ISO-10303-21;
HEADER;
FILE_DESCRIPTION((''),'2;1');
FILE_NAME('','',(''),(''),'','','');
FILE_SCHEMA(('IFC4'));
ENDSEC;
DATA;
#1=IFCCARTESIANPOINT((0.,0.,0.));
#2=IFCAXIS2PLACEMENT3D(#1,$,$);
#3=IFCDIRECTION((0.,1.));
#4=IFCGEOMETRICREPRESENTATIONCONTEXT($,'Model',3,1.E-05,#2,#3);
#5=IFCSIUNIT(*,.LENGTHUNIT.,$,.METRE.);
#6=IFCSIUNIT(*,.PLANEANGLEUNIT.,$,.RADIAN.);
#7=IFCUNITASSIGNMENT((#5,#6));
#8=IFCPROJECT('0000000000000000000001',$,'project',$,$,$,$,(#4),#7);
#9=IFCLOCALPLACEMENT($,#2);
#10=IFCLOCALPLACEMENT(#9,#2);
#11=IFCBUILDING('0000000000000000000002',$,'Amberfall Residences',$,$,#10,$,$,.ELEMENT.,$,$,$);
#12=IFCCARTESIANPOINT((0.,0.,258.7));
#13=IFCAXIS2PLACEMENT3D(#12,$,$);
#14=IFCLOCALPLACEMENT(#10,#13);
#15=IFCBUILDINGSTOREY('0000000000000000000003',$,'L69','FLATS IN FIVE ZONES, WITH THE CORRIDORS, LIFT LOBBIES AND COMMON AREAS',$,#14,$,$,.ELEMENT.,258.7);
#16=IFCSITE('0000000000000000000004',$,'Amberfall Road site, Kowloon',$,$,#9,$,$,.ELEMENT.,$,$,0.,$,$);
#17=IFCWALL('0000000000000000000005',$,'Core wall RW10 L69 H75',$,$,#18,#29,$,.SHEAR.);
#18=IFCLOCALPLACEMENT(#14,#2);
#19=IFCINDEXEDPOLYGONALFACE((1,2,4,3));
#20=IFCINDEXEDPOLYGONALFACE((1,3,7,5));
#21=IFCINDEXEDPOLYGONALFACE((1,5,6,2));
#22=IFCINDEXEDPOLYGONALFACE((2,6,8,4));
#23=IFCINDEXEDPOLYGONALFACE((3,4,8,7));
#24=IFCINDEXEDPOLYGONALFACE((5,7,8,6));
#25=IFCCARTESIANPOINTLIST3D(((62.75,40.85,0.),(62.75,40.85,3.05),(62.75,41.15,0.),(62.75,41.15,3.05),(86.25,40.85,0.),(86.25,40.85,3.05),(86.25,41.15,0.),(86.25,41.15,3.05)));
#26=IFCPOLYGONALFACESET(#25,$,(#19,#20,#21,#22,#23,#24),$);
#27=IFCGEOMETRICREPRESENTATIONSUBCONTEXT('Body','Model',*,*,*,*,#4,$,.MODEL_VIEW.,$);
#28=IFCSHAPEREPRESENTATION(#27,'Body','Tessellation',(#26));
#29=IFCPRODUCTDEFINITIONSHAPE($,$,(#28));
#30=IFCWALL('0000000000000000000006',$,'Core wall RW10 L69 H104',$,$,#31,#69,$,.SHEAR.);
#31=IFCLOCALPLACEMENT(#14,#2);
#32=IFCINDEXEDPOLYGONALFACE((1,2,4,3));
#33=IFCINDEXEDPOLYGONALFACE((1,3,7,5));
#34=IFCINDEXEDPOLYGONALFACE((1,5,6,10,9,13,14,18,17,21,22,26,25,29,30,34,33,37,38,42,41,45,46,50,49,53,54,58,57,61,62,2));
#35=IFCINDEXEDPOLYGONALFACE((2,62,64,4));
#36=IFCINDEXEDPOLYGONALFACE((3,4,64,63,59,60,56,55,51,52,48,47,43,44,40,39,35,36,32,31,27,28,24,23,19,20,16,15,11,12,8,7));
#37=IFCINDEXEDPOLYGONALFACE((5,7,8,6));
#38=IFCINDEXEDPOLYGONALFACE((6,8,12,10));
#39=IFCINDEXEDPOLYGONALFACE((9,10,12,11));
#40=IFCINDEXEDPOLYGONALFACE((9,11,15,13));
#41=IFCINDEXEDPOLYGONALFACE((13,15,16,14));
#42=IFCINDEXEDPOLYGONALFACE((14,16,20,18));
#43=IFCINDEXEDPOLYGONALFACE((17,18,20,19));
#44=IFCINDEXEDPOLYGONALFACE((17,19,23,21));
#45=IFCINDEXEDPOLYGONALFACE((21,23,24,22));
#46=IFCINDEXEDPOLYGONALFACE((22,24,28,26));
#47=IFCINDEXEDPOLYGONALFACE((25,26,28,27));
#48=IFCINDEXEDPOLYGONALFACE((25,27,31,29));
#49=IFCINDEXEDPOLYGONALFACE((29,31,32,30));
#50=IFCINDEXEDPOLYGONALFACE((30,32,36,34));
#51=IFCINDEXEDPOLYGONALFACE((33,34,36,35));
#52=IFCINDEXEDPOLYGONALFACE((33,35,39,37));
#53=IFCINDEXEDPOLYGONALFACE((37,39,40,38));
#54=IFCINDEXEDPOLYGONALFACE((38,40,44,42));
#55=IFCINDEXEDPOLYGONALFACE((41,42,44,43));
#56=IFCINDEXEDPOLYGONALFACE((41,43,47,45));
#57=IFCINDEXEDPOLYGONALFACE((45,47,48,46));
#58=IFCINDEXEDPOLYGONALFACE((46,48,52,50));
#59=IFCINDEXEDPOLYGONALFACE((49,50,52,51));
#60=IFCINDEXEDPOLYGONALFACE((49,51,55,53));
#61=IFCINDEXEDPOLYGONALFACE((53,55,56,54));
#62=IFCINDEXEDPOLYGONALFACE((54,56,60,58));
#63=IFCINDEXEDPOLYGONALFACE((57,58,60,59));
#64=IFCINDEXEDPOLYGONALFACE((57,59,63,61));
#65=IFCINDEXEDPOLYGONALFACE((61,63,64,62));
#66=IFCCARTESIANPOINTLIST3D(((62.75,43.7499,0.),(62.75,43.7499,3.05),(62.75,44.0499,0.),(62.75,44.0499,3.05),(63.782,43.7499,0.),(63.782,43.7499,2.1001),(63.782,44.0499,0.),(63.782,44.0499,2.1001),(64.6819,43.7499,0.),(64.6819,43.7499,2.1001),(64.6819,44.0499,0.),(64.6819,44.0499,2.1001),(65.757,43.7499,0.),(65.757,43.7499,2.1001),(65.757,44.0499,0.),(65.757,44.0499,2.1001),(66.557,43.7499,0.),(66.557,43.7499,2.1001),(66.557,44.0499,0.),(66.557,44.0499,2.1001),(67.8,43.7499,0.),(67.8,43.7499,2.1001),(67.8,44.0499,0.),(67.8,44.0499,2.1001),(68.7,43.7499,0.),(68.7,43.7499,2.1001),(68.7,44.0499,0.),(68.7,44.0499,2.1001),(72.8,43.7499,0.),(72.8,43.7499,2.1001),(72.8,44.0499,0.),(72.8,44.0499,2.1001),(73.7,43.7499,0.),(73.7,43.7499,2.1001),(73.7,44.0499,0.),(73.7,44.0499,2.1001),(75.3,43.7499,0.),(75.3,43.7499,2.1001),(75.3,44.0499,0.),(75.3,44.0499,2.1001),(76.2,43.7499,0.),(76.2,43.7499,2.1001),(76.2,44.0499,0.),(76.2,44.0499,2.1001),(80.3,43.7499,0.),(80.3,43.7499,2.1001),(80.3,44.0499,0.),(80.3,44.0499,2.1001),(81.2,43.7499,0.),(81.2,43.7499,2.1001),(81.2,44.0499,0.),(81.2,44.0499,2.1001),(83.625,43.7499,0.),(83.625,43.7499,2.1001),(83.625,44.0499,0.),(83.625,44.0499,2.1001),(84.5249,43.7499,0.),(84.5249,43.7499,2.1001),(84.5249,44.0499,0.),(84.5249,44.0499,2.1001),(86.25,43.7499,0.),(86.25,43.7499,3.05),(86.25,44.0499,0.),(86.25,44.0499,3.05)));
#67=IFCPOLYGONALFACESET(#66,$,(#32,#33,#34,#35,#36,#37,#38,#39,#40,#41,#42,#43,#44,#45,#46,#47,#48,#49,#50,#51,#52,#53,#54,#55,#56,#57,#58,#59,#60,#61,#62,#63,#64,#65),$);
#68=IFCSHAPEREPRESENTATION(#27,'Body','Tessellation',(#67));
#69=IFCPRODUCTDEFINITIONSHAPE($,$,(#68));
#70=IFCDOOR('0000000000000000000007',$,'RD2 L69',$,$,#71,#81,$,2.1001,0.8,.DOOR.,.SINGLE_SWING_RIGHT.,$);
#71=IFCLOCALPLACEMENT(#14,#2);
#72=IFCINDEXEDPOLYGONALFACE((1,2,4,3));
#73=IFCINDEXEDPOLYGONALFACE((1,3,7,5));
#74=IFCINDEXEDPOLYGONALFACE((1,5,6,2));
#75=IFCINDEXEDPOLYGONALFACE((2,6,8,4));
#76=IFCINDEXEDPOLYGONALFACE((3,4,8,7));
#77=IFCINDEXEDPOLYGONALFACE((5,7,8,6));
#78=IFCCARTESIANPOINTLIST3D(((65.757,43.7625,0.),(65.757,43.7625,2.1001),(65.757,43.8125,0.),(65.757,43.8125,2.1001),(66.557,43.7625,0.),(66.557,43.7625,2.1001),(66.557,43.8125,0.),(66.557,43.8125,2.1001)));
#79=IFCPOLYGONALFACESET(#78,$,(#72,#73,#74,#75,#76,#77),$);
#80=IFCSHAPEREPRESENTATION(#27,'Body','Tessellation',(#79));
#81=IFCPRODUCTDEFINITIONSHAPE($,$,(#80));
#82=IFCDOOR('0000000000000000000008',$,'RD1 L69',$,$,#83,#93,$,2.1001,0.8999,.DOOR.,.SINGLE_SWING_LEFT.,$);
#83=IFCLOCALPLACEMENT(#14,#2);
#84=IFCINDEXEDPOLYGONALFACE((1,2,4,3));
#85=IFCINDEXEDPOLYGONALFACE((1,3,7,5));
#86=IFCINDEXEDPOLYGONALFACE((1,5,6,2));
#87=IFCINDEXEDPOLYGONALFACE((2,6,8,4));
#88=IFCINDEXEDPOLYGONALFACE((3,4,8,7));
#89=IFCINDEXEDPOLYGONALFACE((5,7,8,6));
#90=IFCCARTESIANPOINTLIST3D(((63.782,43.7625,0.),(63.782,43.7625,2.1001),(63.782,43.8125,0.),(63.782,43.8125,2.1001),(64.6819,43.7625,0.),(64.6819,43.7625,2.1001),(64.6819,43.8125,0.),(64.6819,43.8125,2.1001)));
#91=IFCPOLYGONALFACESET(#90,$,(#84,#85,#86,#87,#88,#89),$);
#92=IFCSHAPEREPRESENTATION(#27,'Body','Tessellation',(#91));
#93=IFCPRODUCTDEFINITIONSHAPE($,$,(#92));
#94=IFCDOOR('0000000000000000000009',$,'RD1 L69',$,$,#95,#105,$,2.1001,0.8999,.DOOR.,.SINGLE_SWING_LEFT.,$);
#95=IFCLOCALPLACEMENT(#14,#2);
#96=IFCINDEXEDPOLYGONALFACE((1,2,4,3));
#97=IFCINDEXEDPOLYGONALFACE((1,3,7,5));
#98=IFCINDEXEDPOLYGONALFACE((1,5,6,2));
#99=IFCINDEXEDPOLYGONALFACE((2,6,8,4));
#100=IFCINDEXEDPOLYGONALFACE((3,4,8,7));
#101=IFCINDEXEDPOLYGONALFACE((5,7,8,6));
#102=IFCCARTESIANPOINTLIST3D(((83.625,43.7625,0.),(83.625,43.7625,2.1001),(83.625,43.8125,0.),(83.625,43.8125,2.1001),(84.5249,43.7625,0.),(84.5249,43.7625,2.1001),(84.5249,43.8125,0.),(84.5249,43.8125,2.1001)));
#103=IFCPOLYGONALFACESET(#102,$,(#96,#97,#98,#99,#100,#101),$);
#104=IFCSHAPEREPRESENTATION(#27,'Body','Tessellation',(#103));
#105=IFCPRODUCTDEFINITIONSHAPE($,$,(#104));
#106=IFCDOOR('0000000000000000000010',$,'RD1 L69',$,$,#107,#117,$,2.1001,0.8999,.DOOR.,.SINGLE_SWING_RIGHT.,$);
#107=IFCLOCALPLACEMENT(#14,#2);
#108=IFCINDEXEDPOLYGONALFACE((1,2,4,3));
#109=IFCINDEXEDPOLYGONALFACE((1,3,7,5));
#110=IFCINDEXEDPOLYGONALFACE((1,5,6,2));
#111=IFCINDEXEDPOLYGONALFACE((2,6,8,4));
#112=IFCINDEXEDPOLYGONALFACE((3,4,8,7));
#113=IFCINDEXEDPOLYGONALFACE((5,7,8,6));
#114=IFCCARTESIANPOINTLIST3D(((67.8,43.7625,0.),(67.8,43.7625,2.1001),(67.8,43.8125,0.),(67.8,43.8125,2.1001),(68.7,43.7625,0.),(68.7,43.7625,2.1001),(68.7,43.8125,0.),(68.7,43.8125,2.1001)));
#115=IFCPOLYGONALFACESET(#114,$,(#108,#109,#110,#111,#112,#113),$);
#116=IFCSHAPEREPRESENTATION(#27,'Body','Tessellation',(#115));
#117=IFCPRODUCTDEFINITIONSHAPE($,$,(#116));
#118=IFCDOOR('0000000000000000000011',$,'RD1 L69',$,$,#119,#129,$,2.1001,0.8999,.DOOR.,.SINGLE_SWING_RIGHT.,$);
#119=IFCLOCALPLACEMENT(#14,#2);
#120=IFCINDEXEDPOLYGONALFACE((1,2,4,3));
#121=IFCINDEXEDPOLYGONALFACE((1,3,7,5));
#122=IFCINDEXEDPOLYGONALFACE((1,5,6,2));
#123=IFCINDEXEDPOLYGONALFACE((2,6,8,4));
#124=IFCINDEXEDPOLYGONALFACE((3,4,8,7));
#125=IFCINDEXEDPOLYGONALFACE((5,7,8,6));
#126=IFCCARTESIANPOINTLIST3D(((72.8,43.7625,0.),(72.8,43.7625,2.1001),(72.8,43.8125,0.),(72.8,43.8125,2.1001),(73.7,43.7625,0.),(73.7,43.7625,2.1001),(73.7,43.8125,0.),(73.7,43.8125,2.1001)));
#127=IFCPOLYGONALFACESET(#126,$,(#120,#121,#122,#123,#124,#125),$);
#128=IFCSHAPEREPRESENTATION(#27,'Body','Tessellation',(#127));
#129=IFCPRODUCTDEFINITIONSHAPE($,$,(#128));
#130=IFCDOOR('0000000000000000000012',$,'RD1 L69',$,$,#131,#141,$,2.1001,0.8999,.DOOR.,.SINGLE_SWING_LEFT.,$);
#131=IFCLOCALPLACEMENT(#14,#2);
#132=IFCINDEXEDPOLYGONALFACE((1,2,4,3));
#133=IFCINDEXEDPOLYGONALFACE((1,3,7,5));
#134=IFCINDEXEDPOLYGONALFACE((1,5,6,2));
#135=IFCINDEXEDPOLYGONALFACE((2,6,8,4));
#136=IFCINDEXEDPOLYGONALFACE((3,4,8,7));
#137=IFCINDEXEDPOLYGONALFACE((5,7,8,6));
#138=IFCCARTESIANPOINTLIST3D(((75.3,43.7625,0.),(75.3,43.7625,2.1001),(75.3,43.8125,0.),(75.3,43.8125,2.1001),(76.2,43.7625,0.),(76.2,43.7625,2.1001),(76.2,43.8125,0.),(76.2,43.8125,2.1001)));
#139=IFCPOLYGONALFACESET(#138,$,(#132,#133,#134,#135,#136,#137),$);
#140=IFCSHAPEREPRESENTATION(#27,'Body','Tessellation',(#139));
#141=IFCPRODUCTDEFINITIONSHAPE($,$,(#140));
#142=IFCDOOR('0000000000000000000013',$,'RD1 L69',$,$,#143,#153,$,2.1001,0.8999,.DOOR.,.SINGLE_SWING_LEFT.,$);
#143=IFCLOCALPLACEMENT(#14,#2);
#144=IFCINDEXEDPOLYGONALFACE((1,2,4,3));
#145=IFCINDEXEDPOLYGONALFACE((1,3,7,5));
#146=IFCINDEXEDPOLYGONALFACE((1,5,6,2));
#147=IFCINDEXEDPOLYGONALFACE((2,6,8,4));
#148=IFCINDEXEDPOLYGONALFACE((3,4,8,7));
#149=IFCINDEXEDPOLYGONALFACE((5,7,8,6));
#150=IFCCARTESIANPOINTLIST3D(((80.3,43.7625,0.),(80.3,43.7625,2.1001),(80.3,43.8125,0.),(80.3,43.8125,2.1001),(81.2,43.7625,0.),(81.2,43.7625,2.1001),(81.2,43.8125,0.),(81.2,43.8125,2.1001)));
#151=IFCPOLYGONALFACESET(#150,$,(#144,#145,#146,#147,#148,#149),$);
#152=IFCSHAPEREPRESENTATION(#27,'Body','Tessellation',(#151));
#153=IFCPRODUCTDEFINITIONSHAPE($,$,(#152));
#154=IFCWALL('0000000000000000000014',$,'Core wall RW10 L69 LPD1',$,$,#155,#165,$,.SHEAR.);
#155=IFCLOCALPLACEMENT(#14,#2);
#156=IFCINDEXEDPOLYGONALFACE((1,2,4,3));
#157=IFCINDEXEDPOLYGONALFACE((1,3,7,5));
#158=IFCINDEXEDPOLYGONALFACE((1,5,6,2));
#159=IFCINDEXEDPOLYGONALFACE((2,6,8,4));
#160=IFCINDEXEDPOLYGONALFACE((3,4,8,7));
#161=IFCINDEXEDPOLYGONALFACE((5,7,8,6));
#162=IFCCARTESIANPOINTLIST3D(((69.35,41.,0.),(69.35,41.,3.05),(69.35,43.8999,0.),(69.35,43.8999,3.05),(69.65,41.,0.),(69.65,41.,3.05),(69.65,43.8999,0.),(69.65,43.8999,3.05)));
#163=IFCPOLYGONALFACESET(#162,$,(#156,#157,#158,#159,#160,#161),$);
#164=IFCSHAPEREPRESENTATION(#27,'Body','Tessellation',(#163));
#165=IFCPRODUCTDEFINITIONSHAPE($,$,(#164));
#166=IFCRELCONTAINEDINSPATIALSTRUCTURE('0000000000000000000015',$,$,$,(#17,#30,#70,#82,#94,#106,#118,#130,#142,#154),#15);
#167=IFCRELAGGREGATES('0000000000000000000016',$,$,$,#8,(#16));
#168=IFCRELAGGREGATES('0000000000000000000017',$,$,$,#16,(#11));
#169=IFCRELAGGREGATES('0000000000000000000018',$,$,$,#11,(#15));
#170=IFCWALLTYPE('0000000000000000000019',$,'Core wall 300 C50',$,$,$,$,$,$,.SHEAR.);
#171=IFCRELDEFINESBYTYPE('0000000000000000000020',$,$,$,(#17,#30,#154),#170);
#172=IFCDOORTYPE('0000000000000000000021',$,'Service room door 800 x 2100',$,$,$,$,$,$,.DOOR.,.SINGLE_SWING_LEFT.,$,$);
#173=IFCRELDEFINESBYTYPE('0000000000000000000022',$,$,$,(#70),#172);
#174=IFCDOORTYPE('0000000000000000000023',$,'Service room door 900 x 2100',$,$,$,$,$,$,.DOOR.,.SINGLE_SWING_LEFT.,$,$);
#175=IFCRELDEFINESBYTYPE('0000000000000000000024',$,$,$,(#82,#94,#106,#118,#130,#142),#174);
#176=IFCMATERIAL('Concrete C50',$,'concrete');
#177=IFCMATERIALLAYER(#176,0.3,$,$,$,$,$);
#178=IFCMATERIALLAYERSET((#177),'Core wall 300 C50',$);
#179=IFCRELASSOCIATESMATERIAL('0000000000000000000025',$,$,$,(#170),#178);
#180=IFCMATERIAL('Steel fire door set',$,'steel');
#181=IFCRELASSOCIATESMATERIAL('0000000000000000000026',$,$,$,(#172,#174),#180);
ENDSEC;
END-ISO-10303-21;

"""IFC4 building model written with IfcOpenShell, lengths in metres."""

from ifc_helpers import new_model, si_unit, direction, frame, frame_2d, origin, place, context, subcontext, project, spatial, rectangle, extrude, material, layer, layer_set, type_object, element, fill, save


model = new_model("IFC4")

# Units and contexts
model_context = context("Model", 3, precision=1e-05, world=origin(), true_north=direction((0.0, 1.0)))
body_context = subcontext(model_context, "Body", "Model", "MODEL_VIEW")
ifc_project = project(units=[si_unit("LENGTHUNIT", "METRE"), si_unit("PLANEANGLEUNIT", "RADIAN")], contexts=[model_context])

# Site, building, storey
site_placement = place(None, origin())
site = spatial("IfcSite", under=ifc_project, at=site_placement, Name="Amberfall Road site, Kowloon", CompositionType="ELEMENT", RefElevation=0.0)
building_placement = place(site_placement, origin())
building = spatial("IfcBuilding", under=site, at=building_placement, Name="Amberfall Residences", CompositionType="ELEMENT")
storey_placement = place(building_placement, frame((0.0, 0.0, 258.7)))
storey = spatial("IfcBuildingStorey", under=building, at=storey_placement, Name="L69", Description="FLATS IN FIVE ZONES, WITH THE CORRIDORS, LIFT LOBBIES AND COMMON AREAS", CompositionType="ELEMENT", Elevation=258.7)

# Wall
ifc_material_1 = material(Name="Concrete C50", Category="concrete")
ifc_layer_1 = layer(ifc_material_1, 0.3)
ifc_layer_set_1 = layer_set([ifc_layer_1], Name="Core wall 300 C50")
wall_type_1 = type_object("IfcWallType", Name="Core wall 300 C50", PredefinedType="SHEAR", material=ifc_layer_set_1)
wall_1_placement = place(storey_placement, frame((62.75, 41.0, 0.0), z_axis=(0.0, 0.0, 1.0), x_axis=(1.0, 0.0, 0.0)))
element("IfcWall", 1, at=wall_1_placement, inside=storey, type_object=wall_type_1, Name="Core wall RW10 L69 H75", PredefinedType="SHEAR", context=body_context, shape_type="SweptSolid", body=[
    extrude(rectangle(XDim=23.5, YDim=0.3, at=frame_2d((11.75, 0.0))), origin(), (0.0, 0.0, 1.0), 3.05),
])

# Wall, openings, doors
wall_2_placement = place(storey_placement, frame((62.75, 43.8999, 0.0), z_axis=(0.0, 0.0, 1.0), x_axis=(1.0, 0.0, 0.0)))
wall_2 = element("IfcWall", 2, at=wall_2_placement, inside=storey, type_object=wall_type_1, Name="Core wall RW10 L69 H104", PredefinedType="SHEAR", context=body_context, shape_type="SweptSolid", body=[
    extrude(rectangle(XDim=23.5, YDim=0.3, at=frame_2d((11.75, 0.0))), origin(), (0.0, 0.0, 1.0), 3.05),
])
opening_1_placement = place(wall_2_placement, frame((1.032, 0.0, 0.0)))
opening_1 = element("IfcOpeningElement", 3, at=opening_1_placement, cuts=wall_2, PredefinedType="OPENING", context=body_context, shape_type="SweptSolid", body=[
    extrude(rectangle(XDim=0.8999, YDim=2.1001, at=frame_2d((0.45, 1.05))), frame((0.0, 0.1599, 0.0), z_axis=(0.0, -1.0, 0.0), x_axis=(1.0, 0.0, 0.0)), (0.0, 0.0, 1.0), 0.3201),
])
opening_2_placement = place(wall_2_placement, frame((3.0071, 0.0, 0.0)))
opening_2 = element("IfcOpeningElement", 4, at=opening_2_placement, cuts=wall_2, PredefinedType="OPENING", context=body_context, shape_type="SweptSolid", body=[
    extrude(rectangle(XDim=0.8, YDim=2.1001, at=frame_2d((0.3999, 1.05))), frame((0.0, 0.1599, 0.0), z_axis=(0.0, -1.0, 0.0), x_axis=(1.0, 0.0, 0.0)), (0.0, 0.0, 1.0), 0.3201),
])
opening_3_placement = place(wall_2_placement, frame((20.875, 0.0, 0.0)))
opening_3 = element("IfcOpeningElement", 5, at=opening_3_placement, cuts=wall_2, PredefinedType="OPENING", context=body_context, shape_type="SweptSolid", body=[
    extrude(rectangle(XDim=0.8999, YDim=2.1001, at=frame_2d((0.45, 1.05))), frame((0.0, 0.1599, 0.0), z_axis=(0.0, -1.0, 0.0), x_axis=(1.0, 0.0, 0.0)), (0.0, 0.0, 1.0), 0.3201),
])
opening_4_placement = place(wall_2_placement, frame((5.05, 0.0, 0.0)))
opening_4 = element("IfcOpeningElement", 6, at=opening_4_placement, cuts=wall_2, PredefinedType="OPENING", context=body_context, shape_type="SweptSolid", body=[
    extrude(rectangle(XDim=0.8999, YDim=2.1001, at=frame_2d((0.45, 1.05))), frame((0.0, 0.1599, 0.0), z_axis=(0.0, -1.0, 0.0), x_axis=(1.0, 0.0, 0.0)), (0.0, 0.0, 1.0), 0.3201),
])
opening_5_placement = place(wall_2_placement, frame((10.05, 0.0, 0.0)))
opening_5 = element("IfcOpeningElement", 7, at=opening_5_placement, cuts=wall_2, PredefinedType="OPENING", context=body_context, shape_type="SweptSolid", body=[
    extrude(rectangle(XDim=0.8999, YDim=2.1001, at=frame_2d((0.45, 1.05))), frame((0.0, 0.1599, 0.0), z_axis=(0.0, -1.0, 0.0), x_axis=(1.0, 0.0, 0.0)), (0.0, 0.0, 1.0), 0.3201),
])
opening_6_placement = place(wall_2_placement, frame((12.55, 0.0, 0.0)))
opening_6 = element("IfcOpeningElement", 8, at=opening_6_placement, cuts=wall_2, PredefinedType="OPENING", context=body_context, shape_type="SweptSolid", body=[
    extrude(rectangle(XDim=0.8999, YDim=2.1001, at=frame_2d((0.45, 1.05))), frame((0.0, 0.1599, 0.0), z_axis=(0.0, -1.0, 0.0), x_axis=(1.0, 0.0, 0.0)), (0.0, 0.0, 1.0), 0.3201),
])
opening_7_placement = place(wall_2_placement, frame((17.55, 0.0, 0.0)))
opening_7 = element("IfcOpeningElement", 9, at=opening_7_placement, cuts=wall_2, PredefinedType="OPENING", context=body_context, shape_type="SweptSolid", body=[
    extrude(rectangle(XDim=0.8999, YDim=2.1001, at=frame_2d((0.45, 1.05))), frame((0.0, 0.1599, 0.0), z_axis=(0.0, -1.0, 0.0), x_axis=(1.0, 0.0, 0.0)), (0.0, 0.0, 1.0), 0.3201),
])
ifc_material_2 = material(Name="Steel fire door set", Category="steel")
door_type_1 = type_object("IfcDoorType", Name="Service room door 800 x 2100", OperationType="SINGLE_SWING_LEFT", PredefinedType="DOOR", material=ifc_material_2)
door_1_placement = place(opening_2_placement, origin())
door_1 = element("IfcDoor", 10, at=door_1_placement, inside=storey, type_object=door_type_1, Name="RD2 L69", OperationType="SINGLE_SWING_RIGHT", OverallHeight=2.1001, OverallWidth=0.8, PredefinedType="DOOR", context=body_context, shape_type="SweptSolid", body=[
    extrude(rectangle(XDim=0.8, YDim=2.1001, at=frame_2d((0.3999, 1.05))), frame((0.0, -0.0874, 0.0), z_axis=(0.0, -1.0, 0.0), x_axis=(1.0, 0.0, 0.0)), (0.0, 0.0, 1.0), 0.05),
])
fill(opening_2, door_1)
door_type_2 = type_object("IfcDoorType", Name="Service room door 900 x 2100", OperationType="SINGLE_SWING_LEFT", PredefinedType="DOOR", material=ifc_material_2)
door_2_placement = place(opening_1_placement, origin())
door_2 = element("IfcDoor", 11, at=door_2_placement, inside=storey, type_object=door_type_2, Name="RD1 L69", OperationType="SINGLE_SWING_LEFT", OverallHeight=2.1001, OverallWidth=0.8999, PredefinedType="DOOR", context=body_context, shape_type="SweptSolid", body=[
    extrude(rectangle(XDim=0.8999, YDim=2.1001, at=frame_2d((0.45, 1.05))), frame((0.0, -0.0874, 0.0), z_axis=(0.0, -1.0, 0.0), x_axis=(1.0, 0.0, 0.0)), (0.0, 0.0, 1.0), 0.05),
])
fill(opening_1, door_2)
door_3_placement = place(opening_3_placement, origin())
door_3 = element("IfcDoor", 12, at=door_3_placement, inside=storey, type_object=door_type_2, Name="RD1 L69", OperationType="SINGLE_SWING_LEFT", OverallHeight=2.1001, OverallWidth=0.8999, PredefinedType="DOOR", context=body_context, shape_type="SweptSolid", body=[
    extrude(rectangle(XDim=0.8999, YDim=2.1001, at=frame_2d((0.45, 1.05))), frame((0.0, -0.0874, 0.0), z_axis=(0.0, -1.0, 0.0), x_axis=(1.0, 0.0, 0.0)), (0.0, 0.0, 1.0), 0.05),
])
fill(opening_3, door_3)
door_4_placement = place(opening_4_placement, origin())
door_4 = element("IfcDoor", 13, at=door_4_placement, inside=storey, type_object=door_type_2, Name="RD1 L69", OperationType="SINGLE_SWING_RIGHT", OverallHeight=2.1001, OverallWidth=0.8999, PredefinedType="DOOR", context=body_context, shape_type="SweptSolid", body=[
    extrude(rectangle(XDim=0.8999, YDim=2.1001, at=frame_2d((0.45, 1.05))), frame((0.0, -0.0874, 0.0), z_axis=(0.0, -1.0, 0.0), x_axis=(1.0, 0.0, 0.0)), (0.0, 0.0, 1.0), 0.05),
])
fill(opening_4, door_4)
door_5_placement = place(opening_5_placement, origin())
door_5 = element("IfcDoor", 14, at=door_5_placement, inside=storey, type_object=door_type_2, Name="RD1 L69", OperationType="SINGLE_SWING_RIGHT", OverallHeight=2.1001, OverallWidth=0.8999, PredefinedType="DOOR", context=body_context, shape_type="SweptSolid", body=[
    extrude(rectangle(XDim=0.8999, YDim=2.1001, at=frame_2d((0.45, 1.05))), frame((0.0, -0.0874, 0.0), z_axis=(0.0, -1.0, 0.0), x_axis=(1.0, 0.0, 0.0)), (0.0, 0.0, 1.0), 0.05),
])
fill(opening_5, door_5)
door_6_placement = place(opening_6_placement, origin())
door_6 = element("IfcDoor", 15, at=door_6_placement, inside=storey, type_object=door_type_2, Name="RD1 L69", OperationType="SINGLE_SWING_LEFT", OverallHeight=2.1001, OverallWidth=0.8999, PredefinedType="DOOR", context=body_context, shape_type="SweptSolid", body=[
    extrude(rectangle(XDim=0.8999, YDim=2.1001, at=frame_2d((0.45, 1.05))), frame((0.0, -0.0874, 0.0), z_axis=(0.0, -1.0, 0.0), x_axis=(1.0, 0.0, 0.0)), (0.0, 0.0, 1.0), 0.05),
])
fill(opening_6, door_6)
door_7_placement = place(opening_7_placement, origin())
door_7 = element("IfcDoor", 16, at=door_7_placement, inside=storey, type_object=door_type_2, Name="RD1 L69", OperationType="SINGLE_SWING_LEFT", OverallHeight=2.1001, OverallWidth=0.8999, PredefinedType="DOOR", context=body_context, shape_type="SweptSolid", body=[
    extrude(rectangle(XDim=0.8999, YDim=2.1001, at=frame_2d((0.45, 1.05))), frame((0.0, -0.0874, 0.0), z_axis=(0.0, -1.0, 0.0), x_axis=(1.0, 0.0, 0.0)), (0.0, 0.0, 1.0), 0.05),
])
fill(opening_7, door_7)

# Wall
for number, where, z_axis, x_axis, name in (
    (17, (69.5, 41.0, 0.0), (0.0, 0.0, 1.0), (0.0, 1.0, 0.0), "Core wall RW10 L69 LPD1"),
):
    element("IfcWall", number, at=place(storey_placement, frame(where, z_axis=z_axis, x_axis=x_axis)), inside=storey, type_object=wall_type_1, Name=name, PredefinedType="SHEAR", context=body_context, shape_type="SweptSolid", body=[
        extrude(rectangle(XDim=2.8999, YDim=0.3, at=frame_2d((1.45, 0.0))), origin(), (0.0, 0.0, 1.0), 3.05),
    ])

save(model, "model.ifc")
